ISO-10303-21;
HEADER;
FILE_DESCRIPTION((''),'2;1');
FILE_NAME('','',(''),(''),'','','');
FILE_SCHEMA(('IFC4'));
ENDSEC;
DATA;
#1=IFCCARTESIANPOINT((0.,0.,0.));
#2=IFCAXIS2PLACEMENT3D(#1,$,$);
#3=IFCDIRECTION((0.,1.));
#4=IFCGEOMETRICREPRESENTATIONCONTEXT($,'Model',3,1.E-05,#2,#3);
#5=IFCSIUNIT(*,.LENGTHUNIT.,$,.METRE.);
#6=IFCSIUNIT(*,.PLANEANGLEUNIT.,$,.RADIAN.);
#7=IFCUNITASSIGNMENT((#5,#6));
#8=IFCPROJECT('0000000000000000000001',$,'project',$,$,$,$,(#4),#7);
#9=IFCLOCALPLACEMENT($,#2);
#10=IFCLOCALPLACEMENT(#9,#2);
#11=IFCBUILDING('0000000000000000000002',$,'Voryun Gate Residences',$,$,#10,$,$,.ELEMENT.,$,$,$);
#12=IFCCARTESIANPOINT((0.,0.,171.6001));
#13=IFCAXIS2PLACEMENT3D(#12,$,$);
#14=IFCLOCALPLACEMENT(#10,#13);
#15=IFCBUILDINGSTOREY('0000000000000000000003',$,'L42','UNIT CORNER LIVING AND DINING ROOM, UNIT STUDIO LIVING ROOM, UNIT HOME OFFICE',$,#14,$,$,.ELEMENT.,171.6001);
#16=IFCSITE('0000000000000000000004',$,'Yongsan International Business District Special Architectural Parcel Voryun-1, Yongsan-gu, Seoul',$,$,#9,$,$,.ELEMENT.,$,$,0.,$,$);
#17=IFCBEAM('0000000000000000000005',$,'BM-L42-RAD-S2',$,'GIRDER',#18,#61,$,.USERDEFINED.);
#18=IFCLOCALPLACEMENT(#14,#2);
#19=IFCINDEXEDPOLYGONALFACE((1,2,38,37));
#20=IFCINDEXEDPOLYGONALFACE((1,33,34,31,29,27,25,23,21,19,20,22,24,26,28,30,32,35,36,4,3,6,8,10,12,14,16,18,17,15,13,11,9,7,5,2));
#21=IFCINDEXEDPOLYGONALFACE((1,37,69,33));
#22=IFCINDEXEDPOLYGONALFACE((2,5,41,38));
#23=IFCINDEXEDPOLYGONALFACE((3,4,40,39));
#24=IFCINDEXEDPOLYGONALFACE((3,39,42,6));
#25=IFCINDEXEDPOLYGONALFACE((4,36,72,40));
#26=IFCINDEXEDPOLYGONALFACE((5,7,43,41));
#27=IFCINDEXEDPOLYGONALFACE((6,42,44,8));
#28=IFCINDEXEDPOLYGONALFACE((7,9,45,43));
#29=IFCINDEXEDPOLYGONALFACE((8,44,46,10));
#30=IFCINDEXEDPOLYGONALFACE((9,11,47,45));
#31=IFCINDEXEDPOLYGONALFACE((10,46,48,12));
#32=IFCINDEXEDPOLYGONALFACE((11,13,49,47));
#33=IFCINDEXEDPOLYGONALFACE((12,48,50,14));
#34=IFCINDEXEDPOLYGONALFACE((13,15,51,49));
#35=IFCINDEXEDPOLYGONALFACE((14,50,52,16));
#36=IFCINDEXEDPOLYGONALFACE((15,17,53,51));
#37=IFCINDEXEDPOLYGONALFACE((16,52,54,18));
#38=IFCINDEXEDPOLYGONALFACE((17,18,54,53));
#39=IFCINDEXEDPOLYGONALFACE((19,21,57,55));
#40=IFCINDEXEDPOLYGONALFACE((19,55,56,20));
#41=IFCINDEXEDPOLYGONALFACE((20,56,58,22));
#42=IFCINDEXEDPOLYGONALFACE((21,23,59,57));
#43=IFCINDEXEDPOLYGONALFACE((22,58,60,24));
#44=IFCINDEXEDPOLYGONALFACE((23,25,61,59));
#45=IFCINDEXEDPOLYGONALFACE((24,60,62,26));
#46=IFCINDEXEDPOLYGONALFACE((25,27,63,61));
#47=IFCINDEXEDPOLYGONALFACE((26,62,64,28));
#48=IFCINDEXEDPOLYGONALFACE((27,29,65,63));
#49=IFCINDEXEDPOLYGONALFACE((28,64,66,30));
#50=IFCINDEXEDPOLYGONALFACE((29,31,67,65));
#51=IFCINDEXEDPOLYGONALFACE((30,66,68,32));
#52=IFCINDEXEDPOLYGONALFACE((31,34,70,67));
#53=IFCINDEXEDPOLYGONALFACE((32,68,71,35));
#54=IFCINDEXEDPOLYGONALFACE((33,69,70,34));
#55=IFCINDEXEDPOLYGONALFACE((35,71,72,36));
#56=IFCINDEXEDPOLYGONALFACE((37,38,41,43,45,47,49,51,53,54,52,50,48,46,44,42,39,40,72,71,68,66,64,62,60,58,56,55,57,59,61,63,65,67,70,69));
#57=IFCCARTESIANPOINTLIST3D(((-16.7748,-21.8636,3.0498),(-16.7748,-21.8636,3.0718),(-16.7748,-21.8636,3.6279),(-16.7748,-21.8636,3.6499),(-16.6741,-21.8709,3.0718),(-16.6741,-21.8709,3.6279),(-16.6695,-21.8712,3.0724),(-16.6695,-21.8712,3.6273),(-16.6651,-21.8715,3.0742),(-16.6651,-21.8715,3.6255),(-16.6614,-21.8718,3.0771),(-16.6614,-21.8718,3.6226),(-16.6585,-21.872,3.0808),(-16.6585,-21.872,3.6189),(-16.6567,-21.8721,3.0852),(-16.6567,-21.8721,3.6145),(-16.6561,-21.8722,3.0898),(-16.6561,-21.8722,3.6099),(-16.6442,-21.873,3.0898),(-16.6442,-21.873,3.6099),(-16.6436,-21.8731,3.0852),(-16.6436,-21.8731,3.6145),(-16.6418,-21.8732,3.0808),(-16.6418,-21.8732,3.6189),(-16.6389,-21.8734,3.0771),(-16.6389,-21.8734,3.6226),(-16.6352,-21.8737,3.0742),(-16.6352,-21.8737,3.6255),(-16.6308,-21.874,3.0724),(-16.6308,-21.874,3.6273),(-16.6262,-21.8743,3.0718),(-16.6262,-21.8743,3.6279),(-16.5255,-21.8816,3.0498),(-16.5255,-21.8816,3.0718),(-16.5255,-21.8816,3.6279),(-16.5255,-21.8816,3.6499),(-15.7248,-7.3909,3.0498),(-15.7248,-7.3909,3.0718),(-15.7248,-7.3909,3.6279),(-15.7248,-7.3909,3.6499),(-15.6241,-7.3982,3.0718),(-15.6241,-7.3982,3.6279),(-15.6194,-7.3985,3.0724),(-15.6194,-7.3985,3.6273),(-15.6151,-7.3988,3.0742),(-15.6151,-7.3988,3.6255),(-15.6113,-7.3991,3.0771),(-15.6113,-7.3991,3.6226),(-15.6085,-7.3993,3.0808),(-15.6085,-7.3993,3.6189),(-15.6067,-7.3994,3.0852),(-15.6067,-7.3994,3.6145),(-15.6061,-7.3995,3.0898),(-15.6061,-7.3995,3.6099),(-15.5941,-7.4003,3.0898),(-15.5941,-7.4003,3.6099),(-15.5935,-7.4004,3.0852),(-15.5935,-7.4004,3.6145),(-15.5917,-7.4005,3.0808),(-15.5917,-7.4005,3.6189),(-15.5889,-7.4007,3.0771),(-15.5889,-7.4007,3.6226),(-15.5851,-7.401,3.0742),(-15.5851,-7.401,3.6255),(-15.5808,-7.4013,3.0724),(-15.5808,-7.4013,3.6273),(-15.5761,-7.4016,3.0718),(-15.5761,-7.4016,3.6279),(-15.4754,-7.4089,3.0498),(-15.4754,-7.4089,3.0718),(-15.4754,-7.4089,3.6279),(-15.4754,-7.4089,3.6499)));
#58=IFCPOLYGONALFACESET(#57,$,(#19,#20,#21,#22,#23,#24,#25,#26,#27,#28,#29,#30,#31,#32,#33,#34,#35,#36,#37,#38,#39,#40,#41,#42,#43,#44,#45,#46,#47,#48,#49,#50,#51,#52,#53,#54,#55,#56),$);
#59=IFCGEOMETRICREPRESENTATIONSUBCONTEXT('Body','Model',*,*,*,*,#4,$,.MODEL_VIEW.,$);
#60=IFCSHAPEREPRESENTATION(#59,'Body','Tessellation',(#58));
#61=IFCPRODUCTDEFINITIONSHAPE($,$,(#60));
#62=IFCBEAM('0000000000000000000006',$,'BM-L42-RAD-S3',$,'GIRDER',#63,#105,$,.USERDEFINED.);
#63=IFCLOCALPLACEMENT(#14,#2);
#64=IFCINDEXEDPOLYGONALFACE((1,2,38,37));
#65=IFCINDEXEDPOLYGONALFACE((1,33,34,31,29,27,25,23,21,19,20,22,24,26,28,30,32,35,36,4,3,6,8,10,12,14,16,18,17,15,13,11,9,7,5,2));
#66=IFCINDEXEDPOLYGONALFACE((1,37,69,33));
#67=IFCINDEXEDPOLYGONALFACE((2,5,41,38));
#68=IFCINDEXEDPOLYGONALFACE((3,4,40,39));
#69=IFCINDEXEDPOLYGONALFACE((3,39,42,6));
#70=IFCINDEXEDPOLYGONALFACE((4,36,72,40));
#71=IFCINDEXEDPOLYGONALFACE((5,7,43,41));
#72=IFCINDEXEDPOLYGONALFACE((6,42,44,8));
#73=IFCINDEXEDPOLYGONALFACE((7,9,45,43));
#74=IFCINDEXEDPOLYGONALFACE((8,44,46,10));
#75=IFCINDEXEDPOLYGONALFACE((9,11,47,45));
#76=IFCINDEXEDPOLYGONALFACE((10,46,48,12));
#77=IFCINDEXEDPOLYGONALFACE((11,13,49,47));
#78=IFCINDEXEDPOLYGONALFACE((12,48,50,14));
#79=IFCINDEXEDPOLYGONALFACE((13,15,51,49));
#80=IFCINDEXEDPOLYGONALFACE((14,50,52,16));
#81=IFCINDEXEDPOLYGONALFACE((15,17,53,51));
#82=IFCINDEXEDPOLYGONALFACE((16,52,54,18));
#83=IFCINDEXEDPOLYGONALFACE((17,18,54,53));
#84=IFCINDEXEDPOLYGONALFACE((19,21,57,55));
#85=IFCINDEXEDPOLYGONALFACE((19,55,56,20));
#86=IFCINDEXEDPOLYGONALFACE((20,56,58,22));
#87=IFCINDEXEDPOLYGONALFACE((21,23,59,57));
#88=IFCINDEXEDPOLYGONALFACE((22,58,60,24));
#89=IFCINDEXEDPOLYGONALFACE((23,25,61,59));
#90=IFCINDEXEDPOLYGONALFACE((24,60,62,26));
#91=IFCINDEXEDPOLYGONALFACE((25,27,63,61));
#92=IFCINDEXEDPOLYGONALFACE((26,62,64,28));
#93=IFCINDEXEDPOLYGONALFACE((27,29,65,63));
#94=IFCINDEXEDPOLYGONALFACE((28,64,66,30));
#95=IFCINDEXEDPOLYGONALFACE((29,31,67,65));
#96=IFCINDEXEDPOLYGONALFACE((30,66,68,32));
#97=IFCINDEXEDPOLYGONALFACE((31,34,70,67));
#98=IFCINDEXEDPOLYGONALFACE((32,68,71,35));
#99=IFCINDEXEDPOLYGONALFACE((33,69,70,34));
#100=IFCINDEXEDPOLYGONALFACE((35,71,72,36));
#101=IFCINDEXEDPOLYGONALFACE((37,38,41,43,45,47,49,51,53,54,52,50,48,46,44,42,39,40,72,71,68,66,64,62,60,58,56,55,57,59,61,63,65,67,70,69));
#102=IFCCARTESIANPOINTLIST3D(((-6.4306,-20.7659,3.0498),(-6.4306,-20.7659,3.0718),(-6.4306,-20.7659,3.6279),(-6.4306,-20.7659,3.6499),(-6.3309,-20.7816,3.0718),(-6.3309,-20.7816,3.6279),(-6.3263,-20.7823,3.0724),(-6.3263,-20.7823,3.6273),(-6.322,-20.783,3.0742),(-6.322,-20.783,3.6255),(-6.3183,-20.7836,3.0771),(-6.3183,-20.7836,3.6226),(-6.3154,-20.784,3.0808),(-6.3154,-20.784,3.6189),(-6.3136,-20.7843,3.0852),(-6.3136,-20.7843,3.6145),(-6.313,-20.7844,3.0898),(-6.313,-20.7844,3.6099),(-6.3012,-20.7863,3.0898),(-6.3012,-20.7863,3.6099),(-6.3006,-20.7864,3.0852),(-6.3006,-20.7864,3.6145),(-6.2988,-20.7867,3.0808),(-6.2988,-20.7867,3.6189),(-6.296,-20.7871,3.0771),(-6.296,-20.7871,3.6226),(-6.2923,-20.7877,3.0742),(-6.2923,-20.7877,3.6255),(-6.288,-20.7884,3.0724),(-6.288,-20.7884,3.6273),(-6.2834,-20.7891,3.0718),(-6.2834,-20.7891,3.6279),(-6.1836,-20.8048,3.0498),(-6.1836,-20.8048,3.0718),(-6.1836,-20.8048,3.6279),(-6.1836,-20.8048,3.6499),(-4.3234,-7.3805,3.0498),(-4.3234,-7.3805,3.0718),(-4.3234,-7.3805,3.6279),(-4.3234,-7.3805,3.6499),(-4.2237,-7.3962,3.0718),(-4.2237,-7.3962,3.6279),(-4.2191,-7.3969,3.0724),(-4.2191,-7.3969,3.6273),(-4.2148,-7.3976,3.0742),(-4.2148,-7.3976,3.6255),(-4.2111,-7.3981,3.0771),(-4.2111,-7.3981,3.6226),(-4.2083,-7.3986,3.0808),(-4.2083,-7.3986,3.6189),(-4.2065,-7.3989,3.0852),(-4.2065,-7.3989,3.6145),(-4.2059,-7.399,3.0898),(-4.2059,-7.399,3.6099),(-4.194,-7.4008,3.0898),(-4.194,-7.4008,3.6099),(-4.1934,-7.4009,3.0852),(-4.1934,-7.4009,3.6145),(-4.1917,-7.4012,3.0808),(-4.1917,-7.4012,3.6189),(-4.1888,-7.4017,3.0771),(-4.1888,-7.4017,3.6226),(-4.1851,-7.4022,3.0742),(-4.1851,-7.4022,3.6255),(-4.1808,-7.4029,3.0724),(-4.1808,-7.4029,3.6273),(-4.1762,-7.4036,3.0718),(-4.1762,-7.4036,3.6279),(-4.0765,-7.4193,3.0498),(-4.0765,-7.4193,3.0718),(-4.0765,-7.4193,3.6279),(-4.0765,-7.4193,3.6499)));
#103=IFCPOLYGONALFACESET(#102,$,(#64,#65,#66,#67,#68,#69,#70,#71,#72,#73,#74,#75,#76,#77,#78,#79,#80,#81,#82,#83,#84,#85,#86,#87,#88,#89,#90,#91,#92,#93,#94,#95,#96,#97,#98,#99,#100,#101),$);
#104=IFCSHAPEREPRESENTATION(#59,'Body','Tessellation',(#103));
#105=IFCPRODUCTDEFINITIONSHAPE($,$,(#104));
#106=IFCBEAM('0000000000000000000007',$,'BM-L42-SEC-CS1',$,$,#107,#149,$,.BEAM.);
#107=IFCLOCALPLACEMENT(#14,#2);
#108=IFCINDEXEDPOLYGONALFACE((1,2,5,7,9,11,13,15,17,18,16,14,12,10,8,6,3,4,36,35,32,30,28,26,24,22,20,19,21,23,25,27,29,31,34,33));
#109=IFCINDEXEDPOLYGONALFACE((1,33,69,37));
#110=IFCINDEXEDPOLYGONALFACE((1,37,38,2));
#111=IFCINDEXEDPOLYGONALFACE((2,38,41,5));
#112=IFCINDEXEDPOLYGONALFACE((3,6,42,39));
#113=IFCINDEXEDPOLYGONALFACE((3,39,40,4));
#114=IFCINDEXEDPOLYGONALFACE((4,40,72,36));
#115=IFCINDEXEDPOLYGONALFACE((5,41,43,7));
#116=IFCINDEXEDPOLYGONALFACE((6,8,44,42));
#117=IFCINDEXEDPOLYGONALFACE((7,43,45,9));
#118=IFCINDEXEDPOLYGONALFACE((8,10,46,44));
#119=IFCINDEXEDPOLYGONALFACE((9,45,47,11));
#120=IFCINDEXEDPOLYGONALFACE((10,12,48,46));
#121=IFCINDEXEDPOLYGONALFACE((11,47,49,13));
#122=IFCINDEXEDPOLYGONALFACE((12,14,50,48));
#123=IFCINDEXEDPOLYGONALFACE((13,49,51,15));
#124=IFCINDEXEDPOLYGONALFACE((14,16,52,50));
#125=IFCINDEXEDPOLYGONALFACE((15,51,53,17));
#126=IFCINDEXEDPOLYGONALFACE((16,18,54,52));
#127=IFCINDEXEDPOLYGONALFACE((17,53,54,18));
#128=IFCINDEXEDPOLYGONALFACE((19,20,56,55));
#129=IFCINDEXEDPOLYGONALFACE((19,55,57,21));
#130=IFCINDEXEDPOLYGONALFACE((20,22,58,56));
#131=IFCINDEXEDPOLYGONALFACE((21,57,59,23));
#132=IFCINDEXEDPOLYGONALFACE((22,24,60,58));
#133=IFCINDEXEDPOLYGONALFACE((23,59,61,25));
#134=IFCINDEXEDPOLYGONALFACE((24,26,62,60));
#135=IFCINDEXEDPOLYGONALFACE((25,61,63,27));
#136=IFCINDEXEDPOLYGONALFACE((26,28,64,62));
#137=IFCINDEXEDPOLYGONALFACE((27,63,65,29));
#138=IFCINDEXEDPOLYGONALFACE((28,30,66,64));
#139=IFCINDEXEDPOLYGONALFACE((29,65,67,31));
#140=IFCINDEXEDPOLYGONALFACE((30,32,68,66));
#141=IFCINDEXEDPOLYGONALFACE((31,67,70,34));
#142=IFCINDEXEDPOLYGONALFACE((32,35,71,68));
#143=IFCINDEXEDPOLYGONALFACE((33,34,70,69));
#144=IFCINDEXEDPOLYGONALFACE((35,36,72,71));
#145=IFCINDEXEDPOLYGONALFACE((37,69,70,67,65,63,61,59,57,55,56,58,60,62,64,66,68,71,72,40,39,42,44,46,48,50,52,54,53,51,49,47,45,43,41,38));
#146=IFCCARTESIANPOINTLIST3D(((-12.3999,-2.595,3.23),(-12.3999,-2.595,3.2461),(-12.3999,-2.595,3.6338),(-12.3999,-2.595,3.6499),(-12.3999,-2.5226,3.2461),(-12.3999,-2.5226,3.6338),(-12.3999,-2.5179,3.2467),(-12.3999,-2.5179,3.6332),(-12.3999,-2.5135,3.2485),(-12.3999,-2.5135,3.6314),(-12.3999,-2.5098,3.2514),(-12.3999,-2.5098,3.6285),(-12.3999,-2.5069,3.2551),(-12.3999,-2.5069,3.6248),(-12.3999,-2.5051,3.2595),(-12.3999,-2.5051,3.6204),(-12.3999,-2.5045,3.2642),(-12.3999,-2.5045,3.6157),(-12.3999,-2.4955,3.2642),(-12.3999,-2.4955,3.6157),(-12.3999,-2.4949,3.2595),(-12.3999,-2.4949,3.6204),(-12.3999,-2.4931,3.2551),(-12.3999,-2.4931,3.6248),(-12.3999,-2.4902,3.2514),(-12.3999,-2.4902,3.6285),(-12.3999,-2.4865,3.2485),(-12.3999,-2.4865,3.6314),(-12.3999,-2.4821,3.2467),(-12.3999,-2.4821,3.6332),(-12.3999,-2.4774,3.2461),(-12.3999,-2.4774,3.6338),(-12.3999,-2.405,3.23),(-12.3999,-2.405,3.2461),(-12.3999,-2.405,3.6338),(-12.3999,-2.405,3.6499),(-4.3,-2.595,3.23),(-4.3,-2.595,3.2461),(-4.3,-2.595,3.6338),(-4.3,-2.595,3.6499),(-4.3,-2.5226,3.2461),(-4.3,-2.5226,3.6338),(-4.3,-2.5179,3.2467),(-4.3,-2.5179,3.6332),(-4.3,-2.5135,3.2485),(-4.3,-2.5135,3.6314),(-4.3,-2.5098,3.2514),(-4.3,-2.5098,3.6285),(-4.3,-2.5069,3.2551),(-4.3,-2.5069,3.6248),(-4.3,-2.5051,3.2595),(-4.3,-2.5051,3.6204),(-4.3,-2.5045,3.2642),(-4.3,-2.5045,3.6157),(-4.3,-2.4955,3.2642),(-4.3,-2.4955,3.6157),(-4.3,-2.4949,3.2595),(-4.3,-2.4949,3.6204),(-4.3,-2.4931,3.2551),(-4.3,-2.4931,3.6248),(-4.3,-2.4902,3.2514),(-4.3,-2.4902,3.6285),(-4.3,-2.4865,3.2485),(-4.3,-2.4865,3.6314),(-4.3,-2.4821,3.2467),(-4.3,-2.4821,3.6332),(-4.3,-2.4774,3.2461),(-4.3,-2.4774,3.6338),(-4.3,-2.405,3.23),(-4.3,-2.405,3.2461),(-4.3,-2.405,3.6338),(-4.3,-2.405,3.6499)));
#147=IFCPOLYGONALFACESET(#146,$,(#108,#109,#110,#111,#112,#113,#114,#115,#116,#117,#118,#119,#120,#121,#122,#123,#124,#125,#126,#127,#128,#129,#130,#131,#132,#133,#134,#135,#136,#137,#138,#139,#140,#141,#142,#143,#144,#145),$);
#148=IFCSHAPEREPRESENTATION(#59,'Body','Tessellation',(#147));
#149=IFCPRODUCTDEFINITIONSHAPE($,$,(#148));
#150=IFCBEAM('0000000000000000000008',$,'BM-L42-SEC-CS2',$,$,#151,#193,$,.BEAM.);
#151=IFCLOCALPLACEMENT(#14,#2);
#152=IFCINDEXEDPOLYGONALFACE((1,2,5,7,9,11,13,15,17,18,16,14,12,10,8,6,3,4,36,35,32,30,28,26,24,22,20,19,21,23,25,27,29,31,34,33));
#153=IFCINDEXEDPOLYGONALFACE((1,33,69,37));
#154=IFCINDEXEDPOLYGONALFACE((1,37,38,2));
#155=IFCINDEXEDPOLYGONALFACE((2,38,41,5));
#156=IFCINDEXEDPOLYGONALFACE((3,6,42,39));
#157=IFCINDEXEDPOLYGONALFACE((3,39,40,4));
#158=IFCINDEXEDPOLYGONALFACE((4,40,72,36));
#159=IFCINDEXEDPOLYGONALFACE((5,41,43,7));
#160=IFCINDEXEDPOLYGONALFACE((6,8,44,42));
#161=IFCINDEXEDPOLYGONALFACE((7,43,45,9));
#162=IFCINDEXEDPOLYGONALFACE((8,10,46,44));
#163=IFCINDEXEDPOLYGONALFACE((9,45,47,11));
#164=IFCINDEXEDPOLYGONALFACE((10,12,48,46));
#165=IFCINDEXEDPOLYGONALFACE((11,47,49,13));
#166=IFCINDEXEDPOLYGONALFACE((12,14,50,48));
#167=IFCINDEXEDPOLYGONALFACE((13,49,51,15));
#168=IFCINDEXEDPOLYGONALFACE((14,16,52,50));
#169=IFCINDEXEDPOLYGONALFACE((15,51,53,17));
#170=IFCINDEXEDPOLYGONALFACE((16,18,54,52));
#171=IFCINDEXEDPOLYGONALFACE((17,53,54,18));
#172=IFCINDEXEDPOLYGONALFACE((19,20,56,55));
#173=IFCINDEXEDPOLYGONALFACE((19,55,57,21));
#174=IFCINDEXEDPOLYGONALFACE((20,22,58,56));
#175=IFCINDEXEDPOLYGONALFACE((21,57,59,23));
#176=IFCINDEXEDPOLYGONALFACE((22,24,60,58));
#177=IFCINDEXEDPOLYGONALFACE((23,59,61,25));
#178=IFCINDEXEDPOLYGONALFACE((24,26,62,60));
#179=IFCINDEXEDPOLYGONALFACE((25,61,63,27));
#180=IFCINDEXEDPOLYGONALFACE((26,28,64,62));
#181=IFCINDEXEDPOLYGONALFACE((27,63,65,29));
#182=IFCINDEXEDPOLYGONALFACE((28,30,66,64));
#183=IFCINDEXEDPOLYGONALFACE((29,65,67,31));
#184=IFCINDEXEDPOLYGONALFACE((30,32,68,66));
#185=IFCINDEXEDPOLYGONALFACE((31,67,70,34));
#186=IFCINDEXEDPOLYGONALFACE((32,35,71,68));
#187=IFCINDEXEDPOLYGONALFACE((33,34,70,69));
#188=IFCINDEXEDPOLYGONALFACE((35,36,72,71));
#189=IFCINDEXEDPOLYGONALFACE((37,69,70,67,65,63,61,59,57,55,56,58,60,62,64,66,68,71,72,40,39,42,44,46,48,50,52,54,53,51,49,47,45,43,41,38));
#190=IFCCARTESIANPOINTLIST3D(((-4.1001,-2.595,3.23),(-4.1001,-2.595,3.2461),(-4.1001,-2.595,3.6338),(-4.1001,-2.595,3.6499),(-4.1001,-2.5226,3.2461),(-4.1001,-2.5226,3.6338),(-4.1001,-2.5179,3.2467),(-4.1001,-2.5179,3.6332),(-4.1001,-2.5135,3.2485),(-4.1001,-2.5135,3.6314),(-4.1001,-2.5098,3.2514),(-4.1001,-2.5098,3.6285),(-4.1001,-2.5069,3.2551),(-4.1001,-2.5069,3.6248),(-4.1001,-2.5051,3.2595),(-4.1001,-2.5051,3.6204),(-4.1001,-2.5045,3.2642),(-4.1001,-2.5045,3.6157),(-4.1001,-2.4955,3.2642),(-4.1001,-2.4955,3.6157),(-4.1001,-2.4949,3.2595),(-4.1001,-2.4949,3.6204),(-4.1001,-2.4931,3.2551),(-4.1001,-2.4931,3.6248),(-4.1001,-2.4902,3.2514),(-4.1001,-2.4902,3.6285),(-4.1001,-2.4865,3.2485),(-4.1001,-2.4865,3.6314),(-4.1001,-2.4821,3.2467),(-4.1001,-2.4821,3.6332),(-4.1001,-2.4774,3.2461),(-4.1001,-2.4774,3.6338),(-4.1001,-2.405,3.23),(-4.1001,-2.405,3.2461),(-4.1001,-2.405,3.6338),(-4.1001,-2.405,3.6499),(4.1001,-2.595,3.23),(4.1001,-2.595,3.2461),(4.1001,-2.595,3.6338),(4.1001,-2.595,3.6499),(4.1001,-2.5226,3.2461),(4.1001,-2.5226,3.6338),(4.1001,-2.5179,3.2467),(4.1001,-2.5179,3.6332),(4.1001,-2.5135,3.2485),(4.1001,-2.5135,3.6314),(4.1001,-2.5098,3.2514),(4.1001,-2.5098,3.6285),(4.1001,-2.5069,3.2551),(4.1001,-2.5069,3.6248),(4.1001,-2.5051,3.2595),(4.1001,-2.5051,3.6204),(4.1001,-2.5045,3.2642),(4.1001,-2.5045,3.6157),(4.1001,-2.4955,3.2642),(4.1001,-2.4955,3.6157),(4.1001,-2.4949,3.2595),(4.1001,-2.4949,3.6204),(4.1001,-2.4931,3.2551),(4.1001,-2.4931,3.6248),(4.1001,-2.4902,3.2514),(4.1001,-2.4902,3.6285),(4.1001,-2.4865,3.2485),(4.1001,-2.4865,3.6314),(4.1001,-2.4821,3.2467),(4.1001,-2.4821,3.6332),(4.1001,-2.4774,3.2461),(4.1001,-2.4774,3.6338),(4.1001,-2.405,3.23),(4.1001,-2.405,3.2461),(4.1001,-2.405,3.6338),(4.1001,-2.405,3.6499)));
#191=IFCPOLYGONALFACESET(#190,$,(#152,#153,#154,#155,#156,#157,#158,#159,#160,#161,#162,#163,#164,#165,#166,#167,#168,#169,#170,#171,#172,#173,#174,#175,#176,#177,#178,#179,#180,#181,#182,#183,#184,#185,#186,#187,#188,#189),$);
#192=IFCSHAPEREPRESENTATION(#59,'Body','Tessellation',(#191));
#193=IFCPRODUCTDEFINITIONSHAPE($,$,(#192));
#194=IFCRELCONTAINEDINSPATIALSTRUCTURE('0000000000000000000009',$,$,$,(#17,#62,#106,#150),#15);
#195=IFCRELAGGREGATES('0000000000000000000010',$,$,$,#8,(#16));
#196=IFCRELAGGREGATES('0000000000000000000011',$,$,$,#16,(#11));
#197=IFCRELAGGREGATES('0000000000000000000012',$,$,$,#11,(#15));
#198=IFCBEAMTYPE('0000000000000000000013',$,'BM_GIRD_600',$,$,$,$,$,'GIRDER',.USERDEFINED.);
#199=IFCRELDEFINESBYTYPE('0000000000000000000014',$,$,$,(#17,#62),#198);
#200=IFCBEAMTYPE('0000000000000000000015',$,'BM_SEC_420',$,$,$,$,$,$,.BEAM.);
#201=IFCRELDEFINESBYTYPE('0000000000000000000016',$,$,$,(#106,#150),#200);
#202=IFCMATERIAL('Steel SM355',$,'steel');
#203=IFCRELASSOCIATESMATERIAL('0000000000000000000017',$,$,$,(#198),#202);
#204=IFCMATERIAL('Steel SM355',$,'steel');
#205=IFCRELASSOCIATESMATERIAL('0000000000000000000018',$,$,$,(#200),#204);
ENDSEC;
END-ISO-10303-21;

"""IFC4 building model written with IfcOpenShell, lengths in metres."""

from ifc_helpers import new_model, si_unit, direction, frame, origin, origin_2d, place, context, subcontext, project, spatial, i_section, extrude, material, material_profile, profile_set, type_object, element, save


model = new_model("IFC4")

# Units and contexts
model_context = context("Model", 3, precision=1e-05, world=origin(), true_north=direction((0.0, 1.0)))
body_context = subcontext(model_context, "Body", "Model", "MODEL_VIEW")
ifc_project = project(units=[si_unit("LENGTHUNIT", "METRE"), si_unit("PLANEANGLEUNIT", "RADIAN")], contexts=[model_context])

# Site, building, storey
site_placement = place(None, origin())
site = spatial("IfcSite", under=ifc_project, at=site_placement, Name="Yongsan International Business District Special Architectural Parcel Voryun-1, Yongsan-gu, Seoul", CompositionType="ELEMENT", RefElevation=0.0)
building_placement = place(site_placement, origin())
building = spatial("IfcBuilding", under=site, at=building_placement, Name="Voryun Gate Residences", CompositionType="ELEMENT")
storey_placement = place(building_placement, frame((0.0, 0.0, 171.6001)))
storey = spatial("IfcBuildingStorey", under=building, at=storey_placement, Name="L42", Description="UNIT CORNER LIVING AND DINING ROOM, UNIT STUDIO LIVING ROOM, UNIT HOME OFFICE", CompositionType="ELEMENT", Elevation=171.6001)

# Beams
ifc_material_1 = material(Name="Steel SM355", Category="steel")
ifc_material_profile_1 = material_profile(ifc_material_1, i_section(OverallWidth=0.25, OverallDepth=0.6001, WebThickness=0.012, FlangeThickness=0.022, FilletRadius=0.0181, at=origin_2d()), Name="H-600x250x12x22")
ifc_profile_set_1 = profile_set([ifc_material_profile_1], Name="Steel SM355")
beam_type_1 = type_object("IfcBeamType", Name="BM_GIRD_600", ElementType="GIRDER", PredefinedType="USERDEFINED", material=ifc_profile_set_1)
beam_1_placement = place(storey_placement, frame((-15.6001, -7.3999, 3.3499), z_axis=(-0.072364, -0.997378, 0.0), x_axis=(0.997378, -0.072364, 0.0)))
element("IfcBeam", 1, at=beam_1_placement, inside=storey, type_object=beam_type_1, Name="BM-L42-RAD-S2", ObjectType="GIRDER", PredefinedType="USERDEFINED", context=body_context, shape_type="SweptSolid", body=[
    extrude(i_section(OverallWidth=0.25, OverallDepth=0.6001, WebThickness=0.012, FlangeThickness=0.022, FilletRadius=0.0181, at=origin_2d()), origin(), (0.0, 0.0, 1.0), 14.5107),
])
beam_2_placement = place(storey_placement, frame((-4.2, -7.3999, 3.3499), z_axis=(-0.155507, -0.987835, 0.0), x_axis=(0.987835, -0.155507, 0.0)))
element("IfcBeam", 2, at=beam_2_placement, inside=storey, type_object=beam_type_1, Name="BM-L42-RAD-S3", ObjectType="GIRDER", PredefinedType="USERDEFINED", context=body_context, shape_type="SweptSolid", body=[
    extrude(i_section(OverallWidth=0.25, OverallDepth=0.6001, WebThickness=0.012, FlangeThickness=0.022, FilletRadius=0.0181, at=origin_2d()), origin(), (0.0, 0.0, 1.0), 13.5503),
])
ifc_material_2 = material(Name="Steel SM355", Category="steel")
ifc_material_profile_2 = material_profile(ifc_material_2, i_section(OverallWidth=0.1899, OverallDepth=0.4199, WebThickness=0.009, FlangeThickness=0.0161, FilletRadius=0.0181, at=origin_2d()), Name="H-420x190x9x16")
ifc_profile_set_2 = profile_set([ifc_material_profile_2], Name="Steel SM355")
beam_type_2 = type_object("IfcBeamType", Name="BM_SEC_420", PredefinedType="BEAM", material=ifc_profile_set_2)
beam_3_placement = place(storey_placement, frame((-12.3999, -2.5, 3.4399), z_axis=(1.0, 0.0, 0.0), x_axis=(0.0, 1.0, 0.0)))
element("IfcBeam", 3, at=beam_3_placement, inside=storey, type_object=beam_type_2, Name="BM-L42-SEC-CS1", PredefinedType="BEAM", context=body_context, shape_type="SweptSolid", body=[
    extrude(i_section(OverallWidth=0.1899, OverallDepth=0.4199, WebThickness=0.009, FlangeThickness=0.0161, FilletRadius=0.0181, at=origin_2d()), origin(), (0.0, 0.0, 1.0), 8.0999),
])
beam_4_placement = place(storey_placement, frame((-4.1001, -2.5, 3.4399), z_axis=(1.0, 0.0, 0.0), x_axis=(0.0, 1.0, 0.0)))
element("IfcBeam", 4, at=beam_4_placement, inside=storey, type_object=beam_type_2, Name="BM-L42-SEC-CS2", PredefinedType="BEAM", context=body_context, shape_type="SweptSolid", body=[
    extrude(i_section(OverallWidth=0.1899, OverallDepth=0.4199, WebThickness=0.009, FlangeThickness=0.0161, FilletRadius=0.0181, at=origin_2d()), origin(), (0.0, 0.0, 1.0), 8.2002),
])

save(model, "model.ifc")
